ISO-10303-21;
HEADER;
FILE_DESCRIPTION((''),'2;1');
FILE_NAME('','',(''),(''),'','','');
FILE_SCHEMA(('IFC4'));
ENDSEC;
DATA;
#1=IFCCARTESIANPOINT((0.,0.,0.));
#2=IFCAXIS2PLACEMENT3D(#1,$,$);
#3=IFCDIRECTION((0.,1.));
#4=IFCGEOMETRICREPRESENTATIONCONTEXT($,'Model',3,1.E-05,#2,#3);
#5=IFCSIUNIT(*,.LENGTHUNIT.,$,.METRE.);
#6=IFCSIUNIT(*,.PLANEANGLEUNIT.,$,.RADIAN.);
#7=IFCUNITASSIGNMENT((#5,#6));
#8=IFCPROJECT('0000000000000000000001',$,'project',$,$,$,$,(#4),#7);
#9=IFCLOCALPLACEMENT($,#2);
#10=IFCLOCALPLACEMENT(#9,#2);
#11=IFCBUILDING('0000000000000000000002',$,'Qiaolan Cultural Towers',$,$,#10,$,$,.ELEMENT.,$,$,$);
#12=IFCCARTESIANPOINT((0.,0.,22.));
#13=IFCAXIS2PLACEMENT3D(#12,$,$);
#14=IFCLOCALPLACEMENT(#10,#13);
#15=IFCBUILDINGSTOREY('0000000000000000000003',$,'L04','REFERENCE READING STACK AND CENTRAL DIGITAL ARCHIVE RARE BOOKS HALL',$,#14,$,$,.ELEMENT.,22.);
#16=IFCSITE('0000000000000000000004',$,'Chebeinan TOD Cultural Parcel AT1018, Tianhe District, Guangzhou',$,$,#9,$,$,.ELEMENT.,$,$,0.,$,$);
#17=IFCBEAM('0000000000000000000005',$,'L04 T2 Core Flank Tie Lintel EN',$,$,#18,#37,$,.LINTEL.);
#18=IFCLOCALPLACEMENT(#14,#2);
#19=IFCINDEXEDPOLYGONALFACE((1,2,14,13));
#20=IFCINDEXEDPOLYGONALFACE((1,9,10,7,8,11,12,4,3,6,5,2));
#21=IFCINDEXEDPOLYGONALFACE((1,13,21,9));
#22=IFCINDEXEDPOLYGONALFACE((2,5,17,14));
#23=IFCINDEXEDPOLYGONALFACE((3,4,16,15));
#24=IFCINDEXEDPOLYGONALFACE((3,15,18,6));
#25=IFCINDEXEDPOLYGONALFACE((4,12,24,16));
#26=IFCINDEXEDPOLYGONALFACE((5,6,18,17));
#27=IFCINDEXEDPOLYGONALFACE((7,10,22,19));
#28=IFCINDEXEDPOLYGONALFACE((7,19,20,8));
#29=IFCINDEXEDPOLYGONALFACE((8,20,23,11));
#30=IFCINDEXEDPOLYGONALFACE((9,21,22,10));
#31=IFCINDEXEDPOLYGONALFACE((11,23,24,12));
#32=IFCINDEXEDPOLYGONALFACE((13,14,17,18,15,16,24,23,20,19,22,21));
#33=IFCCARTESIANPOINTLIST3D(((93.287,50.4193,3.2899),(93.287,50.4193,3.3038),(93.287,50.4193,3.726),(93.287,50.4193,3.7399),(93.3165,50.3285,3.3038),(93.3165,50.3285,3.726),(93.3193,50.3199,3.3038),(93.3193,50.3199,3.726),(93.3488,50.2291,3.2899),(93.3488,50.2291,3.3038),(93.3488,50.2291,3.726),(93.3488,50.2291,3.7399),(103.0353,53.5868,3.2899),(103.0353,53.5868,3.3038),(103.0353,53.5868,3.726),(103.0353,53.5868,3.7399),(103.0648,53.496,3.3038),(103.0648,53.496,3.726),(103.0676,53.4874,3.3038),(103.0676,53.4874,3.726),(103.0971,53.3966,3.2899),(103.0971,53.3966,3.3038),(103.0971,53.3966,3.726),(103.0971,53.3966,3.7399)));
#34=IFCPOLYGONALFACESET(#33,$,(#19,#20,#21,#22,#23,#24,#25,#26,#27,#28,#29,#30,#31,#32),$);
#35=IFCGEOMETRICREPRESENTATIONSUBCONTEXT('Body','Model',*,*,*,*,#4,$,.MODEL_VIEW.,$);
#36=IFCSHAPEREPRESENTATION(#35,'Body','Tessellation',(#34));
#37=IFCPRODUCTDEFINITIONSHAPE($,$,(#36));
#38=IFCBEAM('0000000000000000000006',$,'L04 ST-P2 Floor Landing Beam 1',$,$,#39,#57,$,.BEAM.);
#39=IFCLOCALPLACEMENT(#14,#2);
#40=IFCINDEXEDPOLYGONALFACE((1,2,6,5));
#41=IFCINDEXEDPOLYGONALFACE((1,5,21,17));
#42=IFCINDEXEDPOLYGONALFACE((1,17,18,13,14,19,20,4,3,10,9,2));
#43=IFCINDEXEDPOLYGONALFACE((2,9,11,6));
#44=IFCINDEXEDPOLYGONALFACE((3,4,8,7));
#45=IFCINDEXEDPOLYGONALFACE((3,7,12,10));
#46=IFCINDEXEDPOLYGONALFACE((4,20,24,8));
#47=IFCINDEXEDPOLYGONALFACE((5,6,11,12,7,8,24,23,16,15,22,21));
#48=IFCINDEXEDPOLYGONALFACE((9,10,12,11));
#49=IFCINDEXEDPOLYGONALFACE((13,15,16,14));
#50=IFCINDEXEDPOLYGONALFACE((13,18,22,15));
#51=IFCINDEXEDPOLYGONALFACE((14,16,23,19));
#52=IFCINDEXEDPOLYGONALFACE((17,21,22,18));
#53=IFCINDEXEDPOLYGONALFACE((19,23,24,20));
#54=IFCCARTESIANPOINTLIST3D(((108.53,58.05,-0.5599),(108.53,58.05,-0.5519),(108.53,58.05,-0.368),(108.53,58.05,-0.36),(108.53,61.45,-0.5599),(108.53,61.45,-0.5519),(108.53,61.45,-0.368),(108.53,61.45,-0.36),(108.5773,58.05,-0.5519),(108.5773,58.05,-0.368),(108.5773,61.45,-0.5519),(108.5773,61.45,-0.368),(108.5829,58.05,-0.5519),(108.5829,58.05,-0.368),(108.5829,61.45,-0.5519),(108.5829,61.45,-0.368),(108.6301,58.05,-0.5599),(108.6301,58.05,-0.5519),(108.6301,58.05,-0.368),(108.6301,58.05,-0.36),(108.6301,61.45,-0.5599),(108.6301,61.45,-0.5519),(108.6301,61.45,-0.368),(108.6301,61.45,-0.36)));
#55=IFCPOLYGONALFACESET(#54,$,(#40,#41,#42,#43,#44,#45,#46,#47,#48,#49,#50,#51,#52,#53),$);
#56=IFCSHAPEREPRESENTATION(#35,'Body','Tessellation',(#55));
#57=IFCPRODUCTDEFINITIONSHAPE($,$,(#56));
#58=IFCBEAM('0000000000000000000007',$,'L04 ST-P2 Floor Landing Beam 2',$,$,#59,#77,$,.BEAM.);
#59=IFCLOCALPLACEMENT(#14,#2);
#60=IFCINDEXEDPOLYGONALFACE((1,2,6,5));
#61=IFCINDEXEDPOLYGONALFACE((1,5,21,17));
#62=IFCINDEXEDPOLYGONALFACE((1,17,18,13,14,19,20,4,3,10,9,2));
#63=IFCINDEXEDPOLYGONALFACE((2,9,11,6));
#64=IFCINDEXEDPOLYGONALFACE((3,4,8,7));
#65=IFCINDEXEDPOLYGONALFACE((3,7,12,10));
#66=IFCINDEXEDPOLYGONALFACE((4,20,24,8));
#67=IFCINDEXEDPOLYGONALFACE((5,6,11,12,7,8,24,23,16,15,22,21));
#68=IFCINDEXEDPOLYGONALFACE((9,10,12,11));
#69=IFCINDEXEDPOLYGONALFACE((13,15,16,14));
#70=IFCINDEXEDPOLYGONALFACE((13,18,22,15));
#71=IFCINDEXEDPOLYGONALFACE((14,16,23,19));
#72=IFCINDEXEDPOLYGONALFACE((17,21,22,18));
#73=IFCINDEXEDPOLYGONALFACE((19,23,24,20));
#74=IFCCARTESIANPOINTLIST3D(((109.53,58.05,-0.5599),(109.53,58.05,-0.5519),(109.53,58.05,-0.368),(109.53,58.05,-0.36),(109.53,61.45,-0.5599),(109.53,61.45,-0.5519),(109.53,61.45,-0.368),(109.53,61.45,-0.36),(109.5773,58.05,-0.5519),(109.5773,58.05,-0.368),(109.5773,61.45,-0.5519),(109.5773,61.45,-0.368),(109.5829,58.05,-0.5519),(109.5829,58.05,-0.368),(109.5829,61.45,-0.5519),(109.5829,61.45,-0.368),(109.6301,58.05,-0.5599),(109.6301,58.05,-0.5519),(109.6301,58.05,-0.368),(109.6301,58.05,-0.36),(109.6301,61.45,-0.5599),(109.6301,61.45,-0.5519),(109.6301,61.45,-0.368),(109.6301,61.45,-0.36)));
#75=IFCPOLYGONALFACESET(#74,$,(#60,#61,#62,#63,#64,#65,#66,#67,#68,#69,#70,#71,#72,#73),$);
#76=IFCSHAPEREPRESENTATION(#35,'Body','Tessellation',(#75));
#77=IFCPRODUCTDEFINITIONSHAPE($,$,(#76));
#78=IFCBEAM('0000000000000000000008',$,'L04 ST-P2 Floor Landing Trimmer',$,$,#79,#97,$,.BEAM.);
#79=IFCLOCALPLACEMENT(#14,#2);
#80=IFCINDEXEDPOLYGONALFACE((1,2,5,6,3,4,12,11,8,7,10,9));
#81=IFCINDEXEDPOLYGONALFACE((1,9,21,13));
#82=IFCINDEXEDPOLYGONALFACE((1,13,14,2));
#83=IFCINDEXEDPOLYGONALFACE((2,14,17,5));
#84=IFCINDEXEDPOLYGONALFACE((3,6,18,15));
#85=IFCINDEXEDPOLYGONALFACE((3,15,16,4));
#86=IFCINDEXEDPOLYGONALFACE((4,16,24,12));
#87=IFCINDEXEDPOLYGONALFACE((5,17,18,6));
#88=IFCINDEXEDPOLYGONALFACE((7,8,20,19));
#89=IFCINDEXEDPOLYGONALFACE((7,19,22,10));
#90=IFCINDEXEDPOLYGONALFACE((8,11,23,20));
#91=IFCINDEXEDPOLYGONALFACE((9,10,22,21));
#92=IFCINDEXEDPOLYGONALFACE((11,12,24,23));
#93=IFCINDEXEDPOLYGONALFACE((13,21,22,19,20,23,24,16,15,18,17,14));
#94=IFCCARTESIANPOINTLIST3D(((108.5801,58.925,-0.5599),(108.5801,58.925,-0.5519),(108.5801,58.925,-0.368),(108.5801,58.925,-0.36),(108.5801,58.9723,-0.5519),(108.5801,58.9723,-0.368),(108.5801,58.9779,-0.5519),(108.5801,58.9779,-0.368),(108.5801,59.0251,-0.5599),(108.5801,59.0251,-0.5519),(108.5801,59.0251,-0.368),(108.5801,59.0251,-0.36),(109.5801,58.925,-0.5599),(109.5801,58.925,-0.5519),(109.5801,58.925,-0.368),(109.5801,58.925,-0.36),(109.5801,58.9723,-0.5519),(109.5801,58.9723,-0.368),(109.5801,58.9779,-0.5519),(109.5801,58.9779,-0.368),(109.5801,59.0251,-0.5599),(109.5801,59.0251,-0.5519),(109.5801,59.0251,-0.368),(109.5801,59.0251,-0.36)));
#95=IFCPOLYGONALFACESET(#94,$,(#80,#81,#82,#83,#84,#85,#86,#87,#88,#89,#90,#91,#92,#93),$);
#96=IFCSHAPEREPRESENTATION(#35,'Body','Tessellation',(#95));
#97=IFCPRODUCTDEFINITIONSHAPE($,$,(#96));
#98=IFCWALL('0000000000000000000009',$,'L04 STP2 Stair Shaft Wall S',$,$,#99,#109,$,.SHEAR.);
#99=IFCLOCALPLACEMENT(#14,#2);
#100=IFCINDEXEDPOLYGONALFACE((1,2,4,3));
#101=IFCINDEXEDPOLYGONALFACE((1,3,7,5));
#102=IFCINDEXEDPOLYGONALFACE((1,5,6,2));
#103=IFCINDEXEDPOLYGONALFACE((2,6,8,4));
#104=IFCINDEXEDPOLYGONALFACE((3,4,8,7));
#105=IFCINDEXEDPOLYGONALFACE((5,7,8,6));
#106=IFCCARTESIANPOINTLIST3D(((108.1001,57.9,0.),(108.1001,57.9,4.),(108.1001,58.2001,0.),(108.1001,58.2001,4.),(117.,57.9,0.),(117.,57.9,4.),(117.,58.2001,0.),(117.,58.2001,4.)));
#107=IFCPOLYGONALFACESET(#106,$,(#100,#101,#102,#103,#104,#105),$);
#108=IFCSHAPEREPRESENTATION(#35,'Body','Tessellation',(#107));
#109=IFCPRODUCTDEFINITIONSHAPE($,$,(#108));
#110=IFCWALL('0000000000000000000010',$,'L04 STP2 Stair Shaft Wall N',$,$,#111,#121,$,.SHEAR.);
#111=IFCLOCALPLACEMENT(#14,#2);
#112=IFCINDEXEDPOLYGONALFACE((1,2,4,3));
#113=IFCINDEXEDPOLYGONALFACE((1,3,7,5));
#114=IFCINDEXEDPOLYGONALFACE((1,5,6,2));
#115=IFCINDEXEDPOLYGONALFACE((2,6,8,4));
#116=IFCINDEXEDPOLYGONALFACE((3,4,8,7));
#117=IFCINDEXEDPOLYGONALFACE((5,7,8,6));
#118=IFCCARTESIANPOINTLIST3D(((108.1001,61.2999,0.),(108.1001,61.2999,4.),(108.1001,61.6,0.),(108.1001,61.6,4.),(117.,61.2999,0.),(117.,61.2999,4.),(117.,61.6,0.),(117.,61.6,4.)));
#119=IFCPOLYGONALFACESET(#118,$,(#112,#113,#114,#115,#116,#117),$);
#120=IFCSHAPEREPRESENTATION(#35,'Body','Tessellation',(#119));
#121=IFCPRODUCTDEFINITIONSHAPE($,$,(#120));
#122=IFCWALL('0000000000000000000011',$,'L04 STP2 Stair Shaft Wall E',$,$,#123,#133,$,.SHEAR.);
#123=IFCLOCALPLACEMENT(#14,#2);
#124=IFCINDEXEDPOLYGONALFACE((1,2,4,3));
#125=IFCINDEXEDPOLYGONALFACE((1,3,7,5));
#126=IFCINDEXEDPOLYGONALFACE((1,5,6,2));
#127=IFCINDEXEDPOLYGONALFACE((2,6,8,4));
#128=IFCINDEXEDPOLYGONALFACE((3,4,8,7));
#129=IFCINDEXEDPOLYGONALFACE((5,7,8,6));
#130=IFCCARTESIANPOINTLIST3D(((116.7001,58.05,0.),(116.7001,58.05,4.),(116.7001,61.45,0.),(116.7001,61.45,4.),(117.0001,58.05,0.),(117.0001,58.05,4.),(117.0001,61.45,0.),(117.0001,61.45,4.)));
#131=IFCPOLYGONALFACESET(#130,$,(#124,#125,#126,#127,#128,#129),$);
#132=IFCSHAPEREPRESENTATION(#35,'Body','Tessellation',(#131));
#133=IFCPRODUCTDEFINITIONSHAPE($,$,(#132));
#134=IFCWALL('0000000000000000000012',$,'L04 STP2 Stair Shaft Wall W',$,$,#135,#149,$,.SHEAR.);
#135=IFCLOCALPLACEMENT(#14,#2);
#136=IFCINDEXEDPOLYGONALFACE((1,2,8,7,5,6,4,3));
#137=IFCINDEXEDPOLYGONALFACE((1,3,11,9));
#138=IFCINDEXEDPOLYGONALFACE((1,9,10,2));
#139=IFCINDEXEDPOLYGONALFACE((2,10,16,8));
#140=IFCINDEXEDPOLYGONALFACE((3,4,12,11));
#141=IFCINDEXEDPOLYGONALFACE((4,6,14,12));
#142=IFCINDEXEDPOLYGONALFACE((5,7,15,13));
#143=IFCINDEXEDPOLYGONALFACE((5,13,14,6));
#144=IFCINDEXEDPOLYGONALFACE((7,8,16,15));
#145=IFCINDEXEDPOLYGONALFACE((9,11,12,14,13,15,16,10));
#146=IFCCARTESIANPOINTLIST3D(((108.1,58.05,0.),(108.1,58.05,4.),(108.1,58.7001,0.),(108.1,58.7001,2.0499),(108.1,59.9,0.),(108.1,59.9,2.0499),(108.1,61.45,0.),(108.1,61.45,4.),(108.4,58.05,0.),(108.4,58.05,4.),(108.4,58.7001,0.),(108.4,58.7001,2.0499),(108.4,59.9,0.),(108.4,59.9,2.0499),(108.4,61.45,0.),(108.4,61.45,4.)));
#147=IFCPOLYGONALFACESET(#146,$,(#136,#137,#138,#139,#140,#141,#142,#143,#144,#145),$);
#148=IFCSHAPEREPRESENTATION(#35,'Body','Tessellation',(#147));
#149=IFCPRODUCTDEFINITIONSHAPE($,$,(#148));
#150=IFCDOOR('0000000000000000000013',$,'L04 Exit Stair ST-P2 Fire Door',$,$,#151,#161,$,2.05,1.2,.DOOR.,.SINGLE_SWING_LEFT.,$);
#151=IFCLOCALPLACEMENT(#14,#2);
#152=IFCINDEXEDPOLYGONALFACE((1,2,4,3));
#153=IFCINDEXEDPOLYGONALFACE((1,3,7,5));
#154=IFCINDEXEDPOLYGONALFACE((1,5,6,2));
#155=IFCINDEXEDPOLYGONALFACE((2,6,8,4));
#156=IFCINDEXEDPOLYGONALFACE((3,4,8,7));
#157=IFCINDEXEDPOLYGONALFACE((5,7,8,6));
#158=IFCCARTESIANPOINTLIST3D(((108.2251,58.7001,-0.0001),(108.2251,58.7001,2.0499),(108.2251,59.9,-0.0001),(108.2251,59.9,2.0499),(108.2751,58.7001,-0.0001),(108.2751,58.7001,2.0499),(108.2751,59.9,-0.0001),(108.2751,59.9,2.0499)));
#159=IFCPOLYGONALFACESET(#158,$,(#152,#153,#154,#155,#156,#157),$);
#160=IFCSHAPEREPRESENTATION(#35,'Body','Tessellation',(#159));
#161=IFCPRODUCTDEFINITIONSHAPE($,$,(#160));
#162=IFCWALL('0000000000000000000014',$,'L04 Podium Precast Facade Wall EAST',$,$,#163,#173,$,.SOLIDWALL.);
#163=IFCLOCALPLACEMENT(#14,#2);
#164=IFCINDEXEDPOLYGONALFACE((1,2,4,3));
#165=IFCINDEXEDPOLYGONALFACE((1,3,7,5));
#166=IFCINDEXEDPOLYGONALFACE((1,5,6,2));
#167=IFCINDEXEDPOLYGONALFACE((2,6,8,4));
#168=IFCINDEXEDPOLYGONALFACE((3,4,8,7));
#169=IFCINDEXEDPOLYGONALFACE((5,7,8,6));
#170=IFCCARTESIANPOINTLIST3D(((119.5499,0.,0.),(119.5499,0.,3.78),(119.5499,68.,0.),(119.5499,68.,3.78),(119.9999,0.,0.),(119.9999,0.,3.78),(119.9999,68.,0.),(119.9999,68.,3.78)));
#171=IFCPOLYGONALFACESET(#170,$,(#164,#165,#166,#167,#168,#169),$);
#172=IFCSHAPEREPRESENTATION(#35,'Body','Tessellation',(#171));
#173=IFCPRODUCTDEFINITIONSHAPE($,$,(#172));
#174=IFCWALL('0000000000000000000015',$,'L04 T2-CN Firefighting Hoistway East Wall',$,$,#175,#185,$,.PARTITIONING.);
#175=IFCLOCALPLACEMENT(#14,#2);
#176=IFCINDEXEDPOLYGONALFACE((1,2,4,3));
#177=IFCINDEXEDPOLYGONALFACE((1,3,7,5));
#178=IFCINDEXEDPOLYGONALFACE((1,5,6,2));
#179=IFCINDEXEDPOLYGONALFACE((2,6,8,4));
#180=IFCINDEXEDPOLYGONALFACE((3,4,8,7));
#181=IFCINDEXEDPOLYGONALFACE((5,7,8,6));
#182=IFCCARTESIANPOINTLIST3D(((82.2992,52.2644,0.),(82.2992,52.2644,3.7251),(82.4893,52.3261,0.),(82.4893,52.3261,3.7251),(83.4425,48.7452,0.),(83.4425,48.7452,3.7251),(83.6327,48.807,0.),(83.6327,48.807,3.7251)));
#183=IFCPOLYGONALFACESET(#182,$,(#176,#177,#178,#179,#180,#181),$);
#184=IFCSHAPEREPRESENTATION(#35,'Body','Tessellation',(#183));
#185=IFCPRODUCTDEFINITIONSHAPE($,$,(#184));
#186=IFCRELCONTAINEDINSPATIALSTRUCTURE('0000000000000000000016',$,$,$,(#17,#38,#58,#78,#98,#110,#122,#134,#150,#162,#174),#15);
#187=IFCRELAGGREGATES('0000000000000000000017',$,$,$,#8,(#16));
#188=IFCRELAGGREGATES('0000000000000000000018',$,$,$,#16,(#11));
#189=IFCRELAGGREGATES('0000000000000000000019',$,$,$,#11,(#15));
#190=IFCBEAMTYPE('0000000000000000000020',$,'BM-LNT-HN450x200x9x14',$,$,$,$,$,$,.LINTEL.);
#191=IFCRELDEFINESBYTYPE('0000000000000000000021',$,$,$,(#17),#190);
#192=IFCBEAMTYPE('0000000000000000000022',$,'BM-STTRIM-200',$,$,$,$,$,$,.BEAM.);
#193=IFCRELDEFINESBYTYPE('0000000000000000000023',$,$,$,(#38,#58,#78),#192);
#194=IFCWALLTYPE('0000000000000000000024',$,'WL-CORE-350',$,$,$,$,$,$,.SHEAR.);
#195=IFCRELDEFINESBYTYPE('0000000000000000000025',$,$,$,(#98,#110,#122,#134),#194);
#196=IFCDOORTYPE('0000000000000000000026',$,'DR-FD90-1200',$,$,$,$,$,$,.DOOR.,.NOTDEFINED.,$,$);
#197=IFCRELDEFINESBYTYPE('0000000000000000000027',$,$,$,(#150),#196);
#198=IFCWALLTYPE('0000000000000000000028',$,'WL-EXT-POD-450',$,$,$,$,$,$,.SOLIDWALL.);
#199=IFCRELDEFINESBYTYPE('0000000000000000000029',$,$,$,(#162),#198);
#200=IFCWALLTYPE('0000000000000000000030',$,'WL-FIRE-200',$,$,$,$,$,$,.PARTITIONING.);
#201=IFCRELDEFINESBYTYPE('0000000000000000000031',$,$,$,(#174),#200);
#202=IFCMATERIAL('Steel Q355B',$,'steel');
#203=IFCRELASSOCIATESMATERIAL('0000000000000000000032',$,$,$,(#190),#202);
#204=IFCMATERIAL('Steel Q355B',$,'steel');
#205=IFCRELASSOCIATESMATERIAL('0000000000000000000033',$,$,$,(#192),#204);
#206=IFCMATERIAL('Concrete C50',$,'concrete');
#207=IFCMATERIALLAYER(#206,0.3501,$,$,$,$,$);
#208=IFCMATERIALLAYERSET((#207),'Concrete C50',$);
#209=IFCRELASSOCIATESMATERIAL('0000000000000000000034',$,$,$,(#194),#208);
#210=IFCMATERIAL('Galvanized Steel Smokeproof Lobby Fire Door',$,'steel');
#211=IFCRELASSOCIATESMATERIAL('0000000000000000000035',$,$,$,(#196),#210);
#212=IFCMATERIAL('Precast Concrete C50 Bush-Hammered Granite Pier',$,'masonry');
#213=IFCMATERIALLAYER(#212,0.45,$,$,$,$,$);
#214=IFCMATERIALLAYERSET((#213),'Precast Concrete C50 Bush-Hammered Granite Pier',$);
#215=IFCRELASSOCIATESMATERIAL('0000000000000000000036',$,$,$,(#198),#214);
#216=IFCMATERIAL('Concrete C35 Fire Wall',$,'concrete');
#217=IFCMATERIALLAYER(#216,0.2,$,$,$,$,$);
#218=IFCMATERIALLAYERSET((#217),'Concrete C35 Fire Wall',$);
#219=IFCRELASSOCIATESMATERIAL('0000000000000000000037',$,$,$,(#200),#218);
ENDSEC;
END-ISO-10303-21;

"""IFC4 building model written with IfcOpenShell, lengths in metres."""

from ifc_helpers import new_model, si_unit, direction, frame, frame_2d, origin, origin_2d, place, context, subcontext, project, spatial, rectangle, i_section, extrude, material, layer, layer_set, material_profile, profile_set, type_object, element, fill, save


model = new_model("IFC4")

# Units and contexts
model_context = context("Model", 3, precision=1e-05, world=origin(), true_north=direction((0.0, 1.0)))
body_context = subcontext(model_context, "Body", "Model", "MODEL_VIEW")
ifc_project = project(units=[si_unit("LENGTHUNIT", "METRE"), si_unit("PLANEANGLEUNIT", "RADIAN")], contexts=[model_context])

# Site, building, storey
site_placement = place(None, origin())
site = spatial("IfcSite", under=ifc_project, at=site_placement, Name="Chebeinan TOD Cultural Parcel AT1018, Tianhe District, Guangzhou", CompositionType="ELEMENT", RefElevation=0.0)
building_placement = place(site_placement, origin())
building = spatial("IfcBuilding", under=site, at=building_placement, Name="Qiaolan Cultural Towers", CompositionType="ELEMENT")
storey_placement = place(building_placement, frame((0.0, 0.0, 22.0)))
storey = spatial("IfcBuildingStorey", under=building, at=storey_placement, Name="L04", Description="REFERENCE READING STACK AND CENTRAL DIGITAL ARCHIVE RARE BOOKS HALL", CompositionType="ELEMENT", Elevation=22.0)

# Beams
ifc_material_1 = material(Name="Steel Q355B", Category="steel")
ifc_material_profile_1 = material_profile(ifc_material_1, i_section(OverallWidth=0.2, OverallDepth=0.45, WebThickness=0.009, FlangeThickness=0.0139, at=origin_2d()), Name="HN450x200x9x14")
ifc_profile_set_1 = profile_set([ifc_material_profile_1], Name="Steel Q355B")
beam_type_1 = type_object("IfcBeamType", Name="BM-LNT-HN450x200x9x14", PredefinedType="LINTEL", material=ifc_profile_set_1)
beam_1_placement = place(storey_placement, frame((93.3179, 50.3242, 3.5149), z_axis=(0.951055, 0.309023, 0.0), x_axis=(-0.309023, 0.951055, 0.0)))
element("IfcBeam", 1, at=beam_1_placement, inside=storey, type_object=beam_type_1, Name="L04 T2 Core Flank Tie Lintel EN", PredefinedType="LINTEL", context=body_context, shape_type="SweptSolid", body=[
    extrude(i_section(OverallWidth=0.2, OverallDepth=0.45, WebThickness=0.009, FlangeThickness=0.0139, at=origin_2d()), origin(), (0.0, 0.0, 1.0), 10.25),
])
ifc_material_2 = material(Name="Steel Q355B", Category="steel")
ifc_material_profile_2 = material_profile(ifc_material_2, i_section(OverallWidth=0.1001, OverallDepth=0.2, WebThickness=0.0056, FlangeThickness=0.0081, at=origin_2d()), Name="HN200x100x5.5x8")
ifc_profile_set_2 = profile_set([ifc_material_profile_2], Name="Steel Q355B")
beam_type_2 = type_object("IfcBeamType", Name="BM-STTRIM-200", PredefinedType="BEAM", material=ifc_profile_set_2)
for number, where, z_axis, x_axis, name in (
    (2, (108.5801, 58.05, -0.46), (0.0, 1.0, 0.0), (-1.0, 0.0, 0.0), "L04 ST-P2 Floor Landing Beam 1"),
    (3, (109.5801, 58.05, -0.46), (0.0, 1.0, 0.0), (-1.0, 0.0, 0.0), "L04 ST-P2 Floor Landing Beam 2"),
):
    element("IfcBeam", number, at=place(storey_placement, frame(where, z_axis=z_axis, x_axis=x_axis)), inside=storey, type_object=beam_type_2, Name=name, PredefinedType="BEAM", context=body_context, shape_type="SweptSolid", body=[
        extrude(i_section(OverallWidth=0.1001, OverallDepth=0.2, WebThickness=0.0056, FlangeThickness=0.0081, at=origin_2d()), origin(), (0.0, 0.0, 1.0), 3.3999),
    ])
beam_2_placement = place(storey_placement, frame((108.5801, 58.9751, -0.46), z_axis=(1.0, 0.0, 0.0), x_axis=(0.0, 1.0, 0.0)))
element("IfcBeam", 4, at=beam_2_placement, inside=storey, type_object=beam_type_2, Name="L04 ST-P2 Floor Landing Trimmer", PredefinedType="BEAM", context=body_context, shape_type="SweptSolid", body=[
    extrude(i_section(OverallWidth=0.1001, OverallDepth=0.2, WebThickness=0.0056, FlangeThickness=0.0081, at=origin_2d()), origin(), (0.0, 0.0, 1.0), 1.0),
])

# Walls
ifc_material_3 = material(Name="Concrete C50", Category="concrete")
ifc_layer_1 = layer(ifc_material_3, 0.3501)
ifc_layer_set_1 = layer_set([ifc_layer_1], Name="Concrete C50")
wall_type_1 = type_object("IfcWallType", Name="WL-CORE-350", PredefinedType="SHEAR", material=ifc_layer_set_1)
for number, where, z_axis, x_axis, name in (
    (5, (108.1001, 58.05, 0.0), (0.0, 0.0, 1.0), (1.0, 0.0, 0.0), "L04 STP2 Stair Shaft Wall S"),
    (6, (108.1001, 61.45, 0.0), (0.0, 0.0, 1.0), (1.0, 0.0, 0.0), "L04 STP2 Stair Shaft Wall N"),
):
    element("IfcWall", number, at=place(storey_placement, frame(where, z_axis=z_axis, x_axis=x_axis)), inside=storey, type_object=wall_type_1, Name=name, PredefinedType="SHEAR", context=body_context, shape_type="SweptSolid", body=[
        extrude(rectangle(XDim=8.8999, YDim=0.3, at=frame_2d((4.45, 0.0))), origin(), (0.0, 0.0, 1.0), 4.0),
    ])
wall_1_placement = place(storey_placement, frame((116.8501, 58.05, 0.0), z_axis=(0.0, 0.0, 1.0), x_axis=(0.0, 1.0, 0.0)))
element("IfcWall", 7, at=wall_1_placement, inside=storey, type_object=wall_type_1, Name="L04 STP2 Stair Shaft Wall E", PredefinedType="SHEAR", context=body_context, shape_type="SweptSolid", body=[
    extrude(rectangle(XDim=3.3999, YDim=0.3, at=frame_2d((1.7, 0.0))), origin(), (0.0, 0.0, 1.0), 4.0),
])

# Wall, opening, door
wall_2_placement = place(storey_placement, frame((108.25, 58.05, 0.0), z_axis=(0.0, 0.0, 1.0), x_axis=(0.0, 1.0, 0.0)))
wall_2 = element("IfcWall", 8, at=wall_2_placement, inside=storey, type_object=wall_type_1, Name="L04 STP2 Stair Shaft Wall W", PredefinedType="SHEAR", context=body_context, shape_type="SweptSolid", body=[
    extrude(rectangle(XDim=3.3999, YDim=0.3, at=frame_2d((1.7, 0.0))), origin(), (0.0, 0.0, 1.0), 4.0),
])
opening_1_placement = place(wall_2_placement, frame((0.6499, 0.0, 0.0)))
opening_1 = element("IfcOpeningElement", 9, at=opening_1_placement, cuts=wall_2, PredefinedType="OPENING", context=body_context, shape_type="SweptSolid", body=[
    extrude(rectangle(XDim=1.2, YDim=2.05, at=frame_2d((0.6001, 1.0249))), frame((0.0, 0.1599, 0.0), z_axis=(0.0, -1.0, 0.0), x_axis=(1.0, 0.0, 0.0)), (0.0, 0.0, 1.0), 0.3201),
])
ifc_material_4 = material(Name="Galvanized Steel Smokeproof Lobby Fire Door", Category="steel")
door_type_1 = type_object("IfcDoorType", Name="DR-FD90-1200", OperationType="NOTDEFINED", PredefinedType="DOOR", material=ifc_material_4)
door_1_placement = place(opening_1_placement, origin())
door_1 = element("IfcDoor", 10, at=door_1_placement, inside=storey, type_object=door_type_1, Name="L04 Exit Stair ST-P2 Fire Door", OperationType="SINGLE_SWING_LEFT", OverallHeight=2.05, OverallWidth=1.2, PredefinedType="DOOR", context=body_context, shape_type="SweptSolid", body=[
    extrude(rectangle(XDim=1.2, YDim=2.05, at=frame_2d((0.6001, 1.0249))), frame((0.0, 0.0249, 0.0), z_axis=(0.0, -1.0, 0.0), x_axis=(1.0, 0.0, 0.0)), (0.0, 0.0, 1.0), 0.05),
])
fill(opening_1, door_1)

# Walls
ifc_material_5 = material(Name="Precast Concrete C50 Bush-Hammered Granite Pier", Category="masonry")
ifc_layer_2 = layer(ifc_material_5, 0.45)
ifc_layer_set_2 = layer_set([ifc_layer_2], Name="Precast Concrete C50 Bush-Hammered Granite Pier")
wall_type_2 = type_object("IfcWallType", Name="WL-EXT-POD-450", PredefinedType="SOLIDWALL", material=ifc_layer_set_2)
wall_3_placement = place(storey_placement, frame((119.7749, 68.0, 0.0), z_axis=(0.0, 0.0, 1.0), x_axis=(0.0, -1.0, 0.0)))
element("IfcWall", 11, at=wall_3_placement, inside=storey, type_object=wall_type_2, Name="L04 Podium Precast Facade Wall EAST", PredefinedType="SOLIDWALL", context=body_context, shape_type="SweptSolid", body=[
    extrude(rectangle(XDim=68.0, YDim=0.45, at=frame_2d((34.0, 0.0))), origin(), (0.0, 0.0, 1.0), 3.78),
])
ifc_material_6 = material(Name="Concrete C35 Fire Wall", Category="concrete")
ifc_layer_3 = layer(ifc_material_6, 0.2)
ifc_layer_set_3 = layer_set([ifc_layer_3], Name="Concrete C35 Fire Wall")
wall_type_3 = type_object("IfcWallType", Name="WL-FIRE-200", PredefinedType="PARTITIONING", material=ifc_layer_set_3)
wall_4_placement = place(storey_placement, frame((83.5376, 48.7761, 0.0), z_axis=(0.0, 0.0, 1.0), x_axis=(-0.308994, 0.951064, 0.0)))
element("IfcWall", 12, at=wall_4_placement, inside=storey, type_object=wall_type_3, Name="L04 T2-CN Firefighting Hoistway East Wall", PredefinedType="PARTITIONING", context=body_context, shape_type="SweptSolid", body=[
    extrude(rectangle(XDim=3.7002, YDim=0.2, at=frame_2d((1.8501, 0.0))), origin(), (0.0, 0.0, 1.0), 3.7251),
])

save(model, "model.ifc")
